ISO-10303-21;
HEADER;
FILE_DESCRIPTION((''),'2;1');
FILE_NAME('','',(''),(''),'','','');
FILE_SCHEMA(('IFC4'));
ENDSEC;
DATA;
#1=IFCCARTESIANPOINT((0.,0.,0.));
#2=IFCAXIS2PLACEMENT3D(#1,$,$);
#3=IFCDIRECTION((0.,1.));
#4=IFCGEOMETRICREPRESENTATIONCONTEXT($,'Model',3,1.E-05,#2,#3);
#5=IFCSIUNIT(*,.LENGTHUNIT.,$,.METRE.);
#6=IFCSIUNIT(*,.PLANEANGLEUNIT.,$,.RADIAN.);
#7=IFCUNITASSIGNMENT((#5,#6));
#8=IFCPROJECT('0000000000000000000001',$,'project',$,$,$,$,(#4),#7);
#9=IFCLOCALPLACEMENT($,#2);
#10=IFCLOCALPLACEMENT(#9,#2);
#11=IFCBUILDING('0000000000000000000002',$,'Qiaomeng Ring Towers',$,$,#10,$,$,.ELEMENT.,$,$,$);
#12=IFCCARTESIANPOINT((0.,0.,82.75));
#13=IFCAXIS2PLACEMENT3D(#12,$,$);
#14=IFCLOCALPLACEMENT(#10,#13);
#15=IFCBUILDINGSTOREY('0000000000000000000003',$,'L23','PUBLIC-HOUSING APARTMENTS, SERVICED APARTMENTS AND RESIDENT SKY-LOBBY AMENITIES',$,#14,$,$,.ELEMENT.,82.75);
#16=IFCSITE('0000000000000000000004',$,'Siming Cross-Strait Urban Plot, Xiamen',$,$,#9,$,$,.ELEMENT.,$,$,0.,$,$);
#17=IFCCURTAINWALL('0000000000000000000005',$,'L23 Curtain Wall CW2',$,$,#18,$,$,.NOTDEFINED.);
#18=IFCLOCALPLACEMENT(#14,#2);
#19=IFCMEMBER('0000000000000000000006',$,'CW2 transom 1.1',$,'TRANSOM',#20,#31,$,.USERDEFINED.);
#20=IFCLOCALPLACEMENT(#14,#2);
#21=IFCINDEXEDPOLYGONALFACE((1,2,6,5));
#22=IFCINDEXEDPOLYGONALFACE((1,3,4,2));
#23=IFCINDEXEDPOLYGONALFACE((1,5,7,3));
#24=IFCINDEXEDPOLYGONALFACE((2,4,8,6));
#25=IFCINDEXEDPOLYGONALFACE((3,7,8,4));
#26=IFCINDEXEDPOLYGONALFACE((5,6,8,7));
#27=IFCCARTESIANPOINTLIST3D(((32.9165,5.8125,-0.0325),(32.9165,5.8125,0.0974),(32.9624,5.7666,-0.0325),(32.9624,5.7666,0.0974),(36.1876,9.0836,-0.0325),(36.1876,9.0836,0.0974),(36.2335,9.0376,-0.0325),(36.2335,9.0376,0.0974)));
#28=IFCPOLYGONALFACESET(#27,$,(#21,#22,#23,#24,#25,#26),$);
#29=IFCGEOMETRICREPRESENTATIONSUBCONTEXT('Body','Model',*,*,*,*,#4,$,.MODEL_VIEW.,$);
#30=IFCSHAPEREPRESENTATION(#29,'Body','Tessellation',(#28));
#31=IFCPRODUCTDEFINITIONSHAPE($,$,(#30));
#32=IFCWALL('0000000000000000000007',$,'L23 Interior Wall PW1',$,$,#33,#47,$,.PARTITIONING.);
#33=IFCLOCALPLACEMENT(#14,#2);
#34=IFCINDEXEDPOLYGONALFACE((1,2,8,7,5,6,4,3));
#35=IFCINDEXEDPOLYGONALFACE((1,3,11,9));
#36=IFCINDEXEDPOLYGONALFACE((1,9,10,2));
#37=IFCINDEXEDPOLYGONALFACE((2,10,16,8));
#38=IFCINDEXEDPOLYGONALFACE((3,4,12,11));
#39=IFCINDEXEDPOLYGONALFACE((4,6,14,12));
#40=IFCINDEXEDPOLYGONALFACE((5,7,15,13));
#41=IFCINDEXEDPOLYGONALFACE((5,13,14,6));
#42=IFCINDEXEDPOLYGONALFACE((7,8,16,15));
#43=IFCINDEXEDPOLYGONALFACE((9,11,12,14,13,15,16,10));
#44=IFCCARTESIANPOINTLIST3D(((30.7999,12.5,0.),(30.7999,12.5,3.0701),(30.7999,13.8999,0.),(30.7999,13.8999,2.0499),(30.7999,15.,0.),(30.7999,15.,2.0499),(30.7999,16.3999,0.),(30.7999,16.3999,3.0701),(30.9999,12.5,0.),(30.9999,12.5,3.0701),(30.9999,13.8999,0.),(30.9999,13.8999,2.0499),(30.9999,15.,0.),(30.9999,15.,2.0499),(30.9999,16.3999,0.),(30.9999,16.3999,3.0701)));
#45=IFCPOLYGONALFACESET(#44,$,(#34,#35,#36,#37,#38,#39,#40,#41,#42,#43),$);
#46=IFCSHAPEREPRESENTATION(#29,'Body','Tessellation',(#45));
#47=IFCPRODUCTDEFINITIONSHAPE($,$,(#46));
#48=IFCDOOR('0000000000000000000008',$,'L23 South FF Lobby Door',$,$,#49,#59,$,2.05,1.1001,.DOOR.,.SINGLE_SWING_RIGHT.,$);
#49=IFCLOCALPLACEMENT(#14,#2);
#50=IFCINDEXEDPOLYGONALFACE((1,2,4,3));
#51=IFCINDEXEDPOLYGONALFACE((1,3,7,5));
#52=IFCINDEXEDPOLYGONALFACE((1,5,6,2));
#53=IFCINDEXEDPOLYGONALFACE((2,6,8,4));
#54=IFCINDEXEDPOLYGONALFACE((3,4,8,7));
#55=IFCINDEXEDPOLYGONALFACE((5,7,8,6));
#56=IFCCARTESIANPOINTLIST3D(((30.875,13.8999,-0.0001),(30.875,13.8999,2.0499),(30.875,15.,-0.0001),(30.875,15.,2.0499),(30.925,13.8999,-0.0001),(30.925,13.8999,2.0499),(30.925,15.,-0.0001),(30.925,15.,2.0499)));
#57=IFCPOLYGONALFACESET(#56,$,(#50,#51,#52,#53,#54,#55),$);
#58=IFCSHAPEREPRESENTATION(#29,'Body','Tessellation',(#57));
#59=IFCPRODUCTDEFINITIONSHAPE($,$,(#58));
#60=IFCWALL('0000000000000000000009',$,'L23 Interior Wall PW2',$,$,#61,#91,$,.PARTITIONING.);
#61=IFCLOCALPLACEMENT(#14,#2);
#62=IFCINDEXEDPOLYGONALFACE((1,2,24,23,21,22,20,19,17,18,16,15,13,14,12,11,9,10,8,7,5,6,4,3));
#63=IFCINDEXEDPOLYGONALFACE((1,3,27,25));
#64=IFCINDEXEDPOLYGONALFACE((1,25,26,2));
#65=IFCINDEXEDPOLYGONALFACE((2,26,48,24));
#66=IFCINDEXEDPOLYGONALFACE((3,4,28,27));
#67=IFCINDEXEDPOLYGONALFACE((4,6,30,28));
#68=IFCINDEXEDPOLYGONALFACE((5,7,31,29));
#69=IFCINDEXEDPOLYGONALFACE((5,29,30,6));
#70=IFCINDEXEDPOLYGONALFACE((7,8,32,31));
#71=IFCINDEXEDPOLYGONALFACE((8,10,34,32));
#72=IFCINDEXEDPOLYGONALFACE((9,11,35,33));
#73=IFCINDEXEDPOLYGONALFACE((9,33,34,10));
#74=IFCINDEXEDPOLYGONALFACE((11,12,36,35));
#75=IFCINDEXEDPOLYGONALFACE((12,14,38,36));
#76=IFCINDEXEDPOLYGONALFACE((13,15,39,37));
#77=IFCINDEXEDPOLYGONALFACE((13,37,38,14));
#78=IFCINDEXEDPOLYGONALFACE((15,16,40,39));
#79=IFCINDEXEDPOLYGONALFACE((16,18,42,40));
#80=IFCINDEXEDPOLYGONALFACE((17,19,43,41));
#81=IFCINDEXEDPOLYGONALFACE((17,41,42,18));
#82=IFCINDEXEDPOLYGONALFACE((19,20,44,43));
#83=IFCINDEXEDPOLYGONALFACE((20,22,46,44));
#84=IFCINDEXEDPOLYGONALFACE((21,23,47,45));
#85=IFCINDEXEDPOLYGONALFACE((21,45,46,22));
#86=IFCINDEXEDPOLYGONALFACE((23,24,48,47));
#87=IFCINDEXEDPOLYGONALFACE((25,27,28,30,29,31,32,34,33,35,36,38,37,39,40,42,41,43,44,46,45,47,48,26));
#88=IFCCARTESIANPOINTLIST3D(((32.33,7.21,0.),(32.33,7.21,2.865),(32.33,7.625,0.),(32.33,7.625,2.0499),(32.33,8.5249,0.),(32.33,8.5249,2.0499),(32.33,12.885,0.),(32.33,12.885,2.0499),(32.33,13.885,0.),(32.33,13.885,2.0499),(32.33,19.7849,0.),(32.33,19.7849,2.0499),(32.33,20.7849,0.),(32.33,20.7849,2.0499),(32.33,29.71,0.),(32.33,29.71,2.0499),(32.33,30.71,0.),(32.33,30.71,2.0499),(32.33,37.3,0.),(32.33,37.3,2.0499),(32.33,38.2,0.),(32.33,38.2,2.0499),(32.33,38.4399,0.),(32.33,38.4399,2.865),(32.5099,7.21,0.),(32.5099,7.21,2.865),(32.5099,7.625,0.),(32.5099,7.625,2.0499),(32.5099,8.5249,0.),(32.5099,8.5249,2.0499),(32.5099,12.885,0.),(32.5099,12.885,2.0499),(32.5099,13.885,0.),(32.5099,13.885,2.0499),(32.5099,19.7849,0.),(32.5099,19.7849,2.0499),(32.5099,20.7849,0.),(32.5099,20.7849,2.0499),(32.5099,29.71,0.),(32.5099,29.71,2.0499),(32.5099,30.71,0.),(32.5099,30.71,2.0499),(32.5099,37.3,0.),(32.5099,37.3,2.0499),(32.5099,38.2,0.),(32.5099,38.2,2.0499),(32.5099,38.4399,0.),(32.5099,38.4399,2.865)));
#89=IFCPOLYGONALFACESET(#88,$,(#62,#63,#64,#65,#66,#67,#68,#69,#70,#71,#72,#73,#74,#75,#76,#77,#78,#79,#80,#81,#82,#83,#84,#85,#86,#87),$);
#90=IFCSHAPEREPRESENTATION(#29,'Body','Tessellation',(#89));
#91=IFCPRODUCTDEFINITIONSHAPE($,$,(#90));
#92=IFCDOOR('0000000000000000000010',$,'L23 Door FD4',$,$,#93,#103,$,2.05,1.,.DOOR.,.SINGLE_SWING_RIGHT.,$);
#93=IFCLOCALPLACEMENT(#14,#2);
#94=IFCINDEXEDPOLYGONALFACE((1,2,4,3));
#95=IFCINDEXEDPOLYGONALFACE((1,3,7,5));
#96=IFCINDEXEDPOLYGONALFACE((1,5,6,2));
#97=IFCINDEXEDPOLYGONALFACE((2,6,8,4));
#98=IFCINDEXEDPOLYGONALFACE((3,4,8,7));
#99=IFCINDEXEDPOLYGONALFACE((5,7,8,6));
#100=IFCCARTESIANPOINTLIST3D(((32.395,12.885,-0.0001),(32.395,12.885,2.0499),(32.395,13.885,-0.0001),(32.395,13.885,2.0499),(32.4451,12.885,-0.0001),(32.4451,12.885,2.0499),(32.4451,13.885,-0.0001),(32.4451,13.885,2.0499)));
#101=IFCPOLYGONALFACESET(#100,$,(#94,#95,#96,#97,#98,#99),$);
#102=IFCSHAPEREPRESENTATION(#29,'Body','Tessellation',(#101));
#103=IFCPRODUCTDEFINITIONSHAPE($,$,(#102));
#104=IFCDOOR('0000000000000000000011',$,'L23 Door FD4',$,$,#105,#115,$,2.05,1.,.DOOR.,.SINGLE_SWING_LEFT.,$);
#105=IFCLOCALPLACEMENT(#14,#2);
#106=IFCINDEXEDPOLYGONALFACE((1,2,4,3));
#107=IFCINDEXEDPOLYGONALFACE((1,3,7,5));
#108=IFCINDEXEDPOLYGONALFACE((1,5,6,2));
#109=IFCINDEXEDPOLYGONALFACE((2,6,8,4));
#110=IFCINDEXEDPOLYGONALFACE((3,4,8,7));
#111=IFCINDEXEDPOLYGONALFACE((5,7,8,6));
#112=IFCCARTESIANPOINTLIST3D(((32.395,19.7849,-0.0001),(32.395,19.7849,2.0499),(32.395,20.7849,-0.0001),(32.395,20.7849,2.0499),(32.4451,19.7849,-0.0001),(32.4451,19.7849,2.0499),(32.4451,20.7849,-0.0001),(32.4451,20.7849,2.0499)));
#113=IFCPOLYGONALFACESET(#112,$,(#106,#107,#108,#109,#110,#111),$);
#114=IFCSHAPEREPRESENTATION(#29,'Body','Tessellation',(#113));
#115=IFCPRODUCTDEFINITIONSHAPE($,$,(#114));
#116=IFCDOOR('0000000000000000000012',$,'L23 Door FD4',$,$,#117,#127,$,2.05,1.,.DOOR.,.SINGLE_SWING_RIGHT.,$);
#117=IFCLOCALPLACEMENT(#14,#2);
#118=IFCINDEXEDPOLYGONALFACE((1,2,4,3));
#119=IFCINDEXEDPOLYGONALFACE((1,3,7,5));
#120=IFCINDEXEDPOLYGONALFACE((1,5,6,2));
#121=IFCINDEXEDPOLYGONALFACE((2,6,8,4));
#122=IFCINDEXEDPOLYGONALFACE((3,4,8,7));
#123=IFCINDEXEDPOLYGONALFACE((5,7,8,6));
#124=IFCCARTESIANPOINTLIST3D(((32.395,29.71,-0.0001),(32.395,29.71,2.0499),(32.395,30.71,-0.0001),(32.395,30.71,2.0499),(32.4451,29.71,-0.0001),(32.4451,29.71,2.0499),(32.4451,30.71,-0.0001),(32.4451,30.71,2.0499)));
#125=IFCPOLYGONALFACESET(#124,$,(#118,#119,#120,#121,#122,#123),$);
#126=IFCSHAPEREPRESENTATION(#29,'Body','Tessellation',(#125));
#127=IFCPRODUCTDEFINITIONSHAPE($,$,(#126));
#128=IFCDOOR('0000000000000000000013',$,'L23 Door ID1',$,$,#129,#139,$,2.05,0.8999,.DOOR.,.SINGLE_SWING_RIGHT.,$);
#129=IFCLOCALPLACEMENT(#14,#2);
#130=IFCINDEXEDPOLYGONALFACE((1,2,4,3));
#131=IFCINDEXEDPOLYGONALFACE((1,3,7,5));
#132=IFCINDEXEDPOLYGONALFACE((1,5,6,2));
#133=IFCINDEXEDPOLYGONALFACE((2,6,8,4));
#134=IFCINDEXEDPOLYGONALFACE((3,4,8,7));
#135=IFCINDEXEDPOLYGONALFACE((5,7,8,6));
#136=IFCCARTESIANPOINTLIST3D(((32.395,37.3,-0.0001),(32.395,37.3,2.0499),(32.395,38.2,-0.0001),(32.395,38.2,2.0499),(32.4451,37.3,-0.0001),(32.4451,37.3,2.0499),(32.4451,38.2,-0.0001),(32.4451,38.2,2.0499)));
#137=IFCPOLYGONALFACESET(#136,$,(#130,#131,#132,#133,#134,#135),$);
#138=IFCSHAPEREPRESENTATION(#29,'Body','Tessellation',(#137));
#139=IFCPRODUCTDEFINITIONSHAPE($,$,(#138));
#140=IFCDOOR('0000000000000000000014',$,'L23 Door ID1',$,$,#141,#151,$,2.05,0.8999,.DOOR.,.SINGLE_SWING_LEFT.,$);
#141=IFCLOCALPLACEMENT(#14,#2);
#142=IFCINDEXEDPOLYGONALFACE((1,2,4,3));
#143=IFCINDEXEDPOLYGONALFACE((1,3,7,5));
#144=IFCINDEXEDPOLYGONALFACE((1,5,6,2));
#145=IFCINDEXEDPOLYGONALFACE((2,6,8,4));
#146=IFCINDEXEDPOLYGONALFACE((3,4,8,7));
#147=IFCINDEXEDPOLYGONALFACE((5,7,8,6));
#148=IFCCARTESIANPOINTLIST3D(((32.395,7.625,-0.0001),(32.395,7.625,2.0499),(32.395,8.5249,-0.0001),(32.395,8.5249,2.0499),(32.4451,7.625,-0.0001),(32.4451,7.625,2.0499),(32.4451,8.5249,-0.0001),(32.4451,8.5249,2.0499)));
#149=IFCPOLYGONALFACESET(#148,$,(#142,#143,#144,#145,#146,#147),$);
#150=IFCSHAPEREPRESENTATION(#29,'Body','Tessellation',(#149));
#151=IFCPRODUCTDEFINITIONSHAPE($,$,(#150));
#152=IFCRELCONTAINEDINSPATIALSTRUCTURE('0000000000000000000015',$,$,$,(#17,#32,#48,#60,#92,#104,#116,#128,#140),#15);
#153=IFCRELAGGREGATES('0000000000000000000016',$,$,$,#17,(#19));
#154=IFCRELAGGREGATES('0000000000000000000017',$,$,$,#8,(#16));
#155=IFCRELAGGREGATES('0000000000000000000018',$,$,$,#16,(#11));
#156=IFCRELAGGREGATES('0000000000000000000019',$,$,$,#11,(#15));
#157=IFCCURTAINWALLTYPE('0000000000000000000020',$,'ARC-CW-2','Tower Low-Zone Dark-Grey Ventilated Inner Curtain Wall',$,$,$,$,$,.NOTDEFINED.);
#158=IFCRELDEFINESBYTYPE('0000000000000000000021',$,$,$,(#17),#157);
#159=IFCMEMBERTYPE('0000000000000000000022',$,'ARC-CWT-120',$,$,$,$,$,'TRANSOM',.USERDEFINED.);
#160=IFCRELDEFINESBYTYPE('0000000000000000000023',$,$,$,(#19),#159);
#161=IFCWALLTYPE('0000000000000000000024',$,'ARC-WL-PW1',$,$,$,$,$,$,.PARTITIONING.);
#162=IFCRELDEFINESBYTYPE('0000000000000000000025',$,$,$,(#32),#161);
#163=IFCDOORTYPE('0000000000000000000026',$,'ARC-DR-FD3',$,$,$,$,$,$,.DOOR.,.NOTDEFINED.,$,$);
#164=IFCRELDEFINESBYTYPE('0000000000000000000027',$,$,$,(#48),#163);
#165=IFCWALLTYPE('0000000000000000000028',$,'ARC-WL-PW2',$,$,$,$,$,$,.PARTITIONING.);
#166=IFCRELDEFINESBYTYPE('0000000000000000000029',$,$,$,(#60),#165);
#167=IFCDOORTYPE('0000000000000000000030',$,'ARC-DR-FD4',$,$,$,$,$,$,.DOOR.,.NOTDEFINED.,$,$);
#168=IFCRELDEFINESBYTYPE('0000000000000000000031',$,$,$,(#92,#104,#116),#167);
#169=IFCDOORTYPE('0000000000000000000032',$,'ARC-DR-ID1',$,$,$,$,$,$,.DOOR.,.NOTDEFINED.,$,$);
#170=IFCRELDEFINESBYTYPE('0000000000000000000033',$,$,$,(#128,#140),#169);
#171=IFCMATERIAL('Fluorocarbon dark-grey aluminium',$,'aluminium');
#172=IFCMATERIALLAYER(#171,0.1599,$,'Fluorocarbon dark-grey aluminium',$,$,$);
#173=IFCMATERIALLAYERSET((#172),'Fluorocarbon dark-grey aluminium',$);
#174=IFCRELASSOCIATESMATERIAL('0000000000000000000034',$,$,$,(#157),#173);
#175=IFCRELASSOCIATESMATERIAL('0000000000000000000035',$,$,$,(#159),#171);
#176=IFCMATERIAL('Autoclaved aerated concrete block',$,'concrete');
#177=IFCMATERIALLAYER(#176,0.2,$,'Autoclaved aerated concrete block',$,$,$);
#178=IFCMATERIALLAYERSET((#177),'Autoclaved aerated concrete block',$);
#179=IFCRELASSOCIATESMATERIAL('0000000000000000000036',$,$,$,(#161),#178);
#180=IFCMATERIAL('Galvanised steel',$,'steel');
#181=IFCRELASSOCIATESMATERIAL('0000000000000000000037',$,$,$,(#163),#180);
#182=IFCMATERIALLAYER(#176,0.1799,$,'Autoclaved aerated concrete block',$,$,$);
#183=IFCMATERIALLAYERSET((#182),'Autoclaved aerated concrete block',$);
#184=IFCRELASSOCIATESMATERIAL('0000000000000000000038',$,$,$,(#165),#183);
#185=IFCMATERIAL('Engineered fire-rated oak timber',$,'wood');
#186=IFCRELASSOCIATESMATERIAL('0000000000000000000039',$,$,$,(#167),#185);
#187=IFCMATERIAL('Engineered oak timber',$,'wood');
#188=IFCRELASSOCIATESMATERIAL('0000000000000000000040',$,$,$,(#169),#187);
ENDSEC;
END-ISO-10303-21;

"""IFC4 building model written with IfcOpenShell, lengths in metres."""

from ifc_helpers import new_model, si_unit, direction, frame, frame_2d, origin, origin_2d, place, context, subcontext, project, spatial, rectangle, extrude, source, transform, mapped, material, layer, layer_set, material_profile, profile_set, type_object, element, fill, aggregate, save


model = new_model("IFC4")

# Units and contexts
model_context = context("Model", 3, precision=1e-05, world=origin(), true_north=direction((0.0, 1.0)))
body_context = subcontext(model_context, "Body", "Model", "MODEL_VIEW")
ifc_project = project(units=[si_unit("LENGTHUNIT", "METRE"), si_unit("PLANEANGLEUNIT", "RADIAN")], contexts=[model_context])

# Site, building, storey
site_placement = place(None, origin())
site = spatial("IfcSite", under=ifc_project, at=site_placement, Name="Siming Cross-Strait Urban Plot, Xiamen", CompositionType="ELEMENT", RefElevation=0.0)
building_placement = place(site_placement, origin())
building = spatial("IfcBuilding", under=site, at=building_placement, Name="Qiaomeng Ring Towers", CompositionType="ELEMENT")
storey_placement = place(building_placement, frame((0.0, 0.0, 82.75)))
storey = spatial("IfcBuildingStorey", under=building, at=storey_placement, Name="L23", Description="PUBLIC-HOUSING APARTMENTS, SERVICED APARTMENTS AND RESIDENT SKY-LOBBY AMENITIES", CompositionType="ELEMENT", Elevation=82.75)

# Curtain wall, member
ifc_material_1 = material(Name="Fluorocarbon dark-grey aluminium", Category="aluminium")
ifc_layer_1 = layer(ifc_material_1, 0.1599, Name="Fluorocarbon dark-grey aluminium")
ifc_layer_set_1 = layer_set([ifc_layer_1], Name="Fluorocarbon dark-grey aluminium")
curtain_wall_type = type_object("IfcCurtainWallType", Name="ARC-CW-2", Description="Tower Low-Zone Dark-Grey Ventilated Inner Curtain Wall", PredefinedType="NOTDEFINED", material=ifc_layer_set_1)
curtain_wall_placement = place(storey_placement, origin())
curtain_wall = element("IfcCurtainWall", 1, at=curtain_wall_placement, inside=storey, type_object=curtain_wall_type, Name="L23 Curtain Wall CW2", PredefinedType="NOTDEFINED")
ifc_material_profile_1 = material_profile(ifc_material_1, rectangle(XDim=0.0649, YDim=0.1299, at=origin_2d()), Name="ALU TRAN 65x130")
ifc_profile_set_1 = profile_set([ifc_material_profile_1], Name="Fluorocarbon dark-grey aluminium")
member_type_1 = type_object("IfcMemberType", Name="ARC-CWT-120", ElementType="TRANSOM", PredefinedType="USERDEFINED", material=ifc_profile_set_1)
shared_shape_1 = source(origin(), body_context, "Body", "SweptSolid", [
    extrude(rectangle(XDim=0.0649, YDim=0.1299, at=origin_2d()), origin(), (0.0, 0.0, 1.0), 4.626),
])
member_1_placement = place(storey_placement, frame((32.9395, 5.7896, 0.0325), z_axis=(0.707107, 0.707107, 0.0), x_axis=(-0.707107, 0.707107, 0.0)))
member_1 = element("IfcMember", 2, at=member_1_placement, type_object=member_type_1, Name="CW2 transom 1.1", ObjectType="TRANSOM", PredefinedType="USERDEFINED", context=body_context, shape_type="MappedRepresentation", body=[
    mapped(shared_shape_1, transform((0.0, 0.0, 0.0), x_axis=(1.0, 0.0, 0.0), y_axis=(0.0, 1.0, 0.0), z_axis=(0.0, 0.0, 1.0), scale=1.0)),
])
aggregate(curtain_wall, [member_1])

# Wall, opening, door
ifc_material_2 = material(Name="Autoclaved aerated concrete block", Category="concrete")
ifc_layer_2 = layer(ifc_material_2, 0.2, Name="Autoclaved aerated concrete block")
ifc_layer_set_2 = layer_set([ifc_layer_2], Name="Autoclaved aerated concrete block")
wall_type_1 = type_object("IfcWallType", Name="ARC-WL-PW1", PredefinedType="PARTITIONING", material=ifc_layer_set_2)
wall_1_placement = place(storey_placement, frame((30.8999, 12.5, 0.0), z_axis=(0.0, 0.0, 1.0), x_axis=(0.0, 1.0, 0.0)))
wall_1 = element("IfcWall", 3, at=wall_1_placement, inside=storey, type_object=wall_type_1, Name="L23 Interior Wall PW1", PredefinedType="PARTITIONING", context=body_context, shape_type="SweptSolid", body=[
    extrude(rectangle(XDim=3.8999, YDim=0.2, at=frame_2d((1.95, 0.0))), origin(), (0.0, 0.0, 1.0), 3.0701),
])
opening_1_placement = place(wall_1_placement, frame((1.3999, 0.0, 0.0)))
opening_1 = element("IfcOpeningElement", 4, at=opening_1_placement, cuts=wall_1, PredefinedType="OPENING", context=body_context, shape_type="SweptSolid", body=[
    extrude(rectangle(XDim=1.1001, YDim=2.05, at=frame_2d((0.55, 1.0249))), frame((0.0, 0.1099, 0.0), z_axis=(0.0, -1.0, 0.0), x_axis=(1.0, 0.0, 0.0)), (0.0, 0.0, 1.0), 0.22),
])
ifc_material_3 = material(Name="Galvanised steel", Category="steel")
door_type_1 = type_object("IfcDoorType", Name="ARC-DR-FD3", OperationType="NOTDEFINED", PredefinedType="DOOR", material=ifc_material_3)
shared_shape_2 = source(origin(), body_context, "Body", "SweptSolid", [
    extrude(rectangle(XDim=1.1001, YDim=2.05, at=frame_2d((0.55, 1.0249))), frame((0.0, 0.0249, 0.0), z_axis=(0.0, -1.0, 0.0), x_axis=(1.0, 0.0, 0.0)), (0.0, 0.0, 1.0), 0.05),
])
door_1_placement = place(opening_1_placement, origin())
door_1 = element("IfcDoor", 5, at=door_1_placement, inside=storey, type_object=door_type_1, Name="L23 South FF Lobby Door", OperationType="SINGLE_SWING_RIGHT", OverallHeight=2.05, OverallWidth=1.1001, PredefinedType="DOOR", context=body_context, shape_type="MappedRepresentation", body=[
    mapped(shared_shape_2, transform((0.0, 0.0, 0.0), x_axis=(1.0, 0.0, 0.0), y_axis=(0.0, 1.0, 0.0), z_axis=(0.0, 0.0, 1.0), scale=1.0)),
])
fill(opening_1, door_1)

# Wall, openings, doors
ifc_layer_3 = layer(ifc_material_2, 0.1799, Name="Autoclaved aerated concrete block")
ifc_layer_set_3 = layer_set([ifc_layer_3], Name="Autoclaved aerated concrete block")
wall_type_2 = type_object("IfcWallType", Name="ARC-WL-PW2", PredefinedType="PARTITIONING", material=ifc_layer_set_3)
wall_2_placement = place(storey_placement, frame((32.4199, 7.21, 0.0), z_axis=(0.0, 0.0, 1.0), x_axis=(0.0, 1.0, 0.0)))
wall_2 = element("IfcWall", 6, at=wall_2_placement, inside=storey, type_object=wall_type_2, Name="L23 Interior Wall PW2", PredefinedType="PARTITIONING", context=body_context, shape_type="SweptSolid", body=[
    extrude(rectangle(XDim=31.23, YDim=0.1799, at=frame_2d((15.615, 0.0))), origin(), (0.0, 0.0, 1.0), 2.865),
])
opening_2_placement = place(wall_2_placement, frame((30.0901, 0.0, 0.0)))
opening_2 = element("IfcOpeningElement", 7, at=opening_2_placement, cuts=wall_2, PredefinedType="OPENING", context=body_context, shape_type="SweptSolid", body=[
    extrude(rectangle(XDim=0.8999, YDim=2.05, at=frame_2d((0.45, 1.0249))), frame((0.0, 0.0999, 0.0), z_axis=(0.0, -1.0, 0.0), x_axis=(1.0, 0.0, 0.0)), (0.0, 0.0, 1.0), 0.2),
])
opening_3_placement = place(wall_2_placement, frame((0.415, 0.0, 0.0)))
opening_3 = element("IfcOpeningElement", 8, at=opening_3_placement, cuts=wall_2, PredefinedType="OPENING", context=body_context, shape_type="SweptSolid", body=[
    extrude(rectangle(XDim=0.8999, YDim=2.05, at=frame_2d((0.45, 1.0249))), frame((0.0, 0.0999, 0.0), z_axis=(0.0, -1.0, 0.0), x_axis=(1.0, 0.0, 0.0)), (0.0, 0.0, 1.0), 0.2),
])
opening_4_placement = place(wall_2_placement, frame((5.675, 0.0, 0.0)))
opening_4 = element("IfcOpeningElement", 9, at=opening_4_placement, cuts=wall_2, PredefinedType="OPENING", context=body_context, shape_type="SweptSolid", body=[
    extrude(rectangle(XDim=1.0, YDim=2.05, at=frame_2d((0.5, 1.0249))), frame((0.0, 0.0999, 0.0), z_axis=(0.0, -1.0, 0.0), x_axis=(1.0, 0.0, 0.0)), (0.0, 0.0, 1.0), 0.2),
])
opening_5_placement = place(wall_2_placement, frame((12.575, 0.0, 0.0)))
opening_5 = element("IfcOpeningElement", 10, at=opening_5_placement, cuts=wall_2, PredefinedType="OPENING", context=body_context, shape_type="SweptSolid", body=[
    extrude(rectangle(XDim=1.0, YDim=2.05, at=frame_2d((0.5, 1.0249))), frame((0.0, 0.0999, 0.0), z_axis=(0.0, -1.0, 0.0), x_axis=(1.0, 0.0, 0.0)), (0.0, 0.0, 1.0), 0.2),
])
opening_6_placement = place(wall_2_placement, frame((22.5, 0.0, 0.0)))
opening_6 = element("IfcOpeningElement", 11, at=opening_6_placement, cuts=wall_2, PredefinedType="OPENING", context=body_context, shape_type="SweptSolid", body=[
    extrude(rectangle(XDim=1.0, YDim=2.05, at=frame_2d((0.5, 1.0249))), frame((0.0, 0.0999, 0.0), z_axis=(0.0, -1.0, 0.0), x_axis=(1.0, 0.0, 0.0)), (0.0, 0.0, 1.0), 0.2),
])
ifc_material_4 = material(Name="Engineered fire-rated oak timber", Category="wood")
door_type_2 = type_object("IfcDoorType", Name="ARC-DR-FD4", OperationType="NOTDEFINED", PredefinedType="DOOR", material=ifc_material_4)
shared_shape_3 = source(origin(), body_context, "Body", "SweptSolid", [
    extrude(rectangle(XDim=1.0, YDim=2.05, at=frame_2d((0.5, 1.0249))), frame((0.0, 0.0249, 0.0), z_axis=(0.0, -1.0, 0.0), x_axis=(1.0, 0.0, 0.0)), (0.0, 0.0, 1.0), 0.05),
])
door_2_placement = place(opening_4_placement, origin())
door_2 = element("IfcDoor", 12, at=door_2_placement, inside=storey, type_object=door_type_2, Name="L23 Door FD4", OperationType="SINGLE_SWING_RIGHT", OverallHeight=2.05, OverallWidth=1.0, PredefinedType="DOOR", context=body_context, shape_type="MappedRepresentation", body=[
    mapped(shared_shape_3, transform((0.0, 0.0, 0.0), x_axis=(1.0, 0.0, 0.0), y_axis=(0.0, 1.0, 0.0), z_axis=(0.0, 0.0, 1.0), scale=1.0)),
])
fill(opening_4, door_2)
door_3_placement = place(opening_5_placement, origin())
door_3 = element("IfcDoor", 13, at=door_3_placement, inside=storey, type_object=door_type_2, Name="L23 Door FD4", OperationType="SINGLE_SWING_LEFT", OverallHeight=2.05, OverallWidth=1.0, PredefinedType="DOOR", context=body_context, shape_type="MappedRepresentation", body=[
    mapped(shared_shape_3, transform((0.0, 0.0, 0.0), x_axis=(1.0, 0.0, 0.0), y_axis=(0.0, 1.0, 0.0), z_axis=(0.0, 0.0, 1.0), scale=1.0)),
])
fill(opening_5, door_3)
door_4_placement = place(opening_6_placement, origin())
door_4 = element("IfcDoor", 14, at=door_4_placement, inside=storey, type_object=door_type_2, Name="L23 Door FD4", OperationType="SINGLE_SWING_RIGHT", OverallHeight=2.05, OverallWidth=1.0, PredefinedType="DOOR", context=body_context, shape_type="MappedRepresentation", body=[
    mapped(shared_shape_3, transform((0.0, 0.0, 0.0), x_axis=(1.0, 0.0, 0.0), y_axis=(0.0, 1.0, 0.0), z_axis=(0.0, 0.0, 1.0), scale=1.0)),
])
fill(opening_6, door_4)
ifc_material_5 = material(Name="Engineered oak timber", Category="wood")
door_type_3 = type_object("IfcDoorType", Name="ARC-DR-ID1", OperationType="NOTDEFINED", PredefinedType="DOOR", material=ifc_material_5)
shared_shape_4 = source(origin(), body_context, "Body", "SweptSolid", [
    extrude(rectangle(XDim=0.8999, YDim=2.05, at=frame_2d((0.45, 1.0249))), frame((0.0, 0.0249, 0.0), z_axis=(0.0, -1.0, 0.0), x_axis=(1.0, 0.0, 0.0)), (0.0, 0.0, 1.0), 0.05),
])
door_5_placement = place(opening_2_placement, origin())
door_5 = element("IfcDoor", 15, at=door_5_placement, inside=storey, type_object=door_type_3, Name="L23 Door ID1", OperationType="SINGLE_SWING_RIGHT", OverallHeight=2.05, OverallWidth=0.8999, PredefinedType="DOOR", context=body_context, shape_type="MappedRepresentation", body=[
    mapped(shared_shape_4, transform((0.0, 0.0, 0.0), x_axis=(1.0, 0.0, 0.0), y_axis=(0.0, 1.0, 0.0), z_axis=(0.0, 0.0, 1.0), scale=1.0)),
])
fill(opening_2, door_5)
door_6_placement = place(opening_3_placement, origin())
door_6 = element("IfcDoor", 16, at=door_6_placement, inside=storey, type_object=door_type_3, Name="L23 Door ID1", OperationType="SINGLE_SWING_LEFT", OverallHeight=2.05, OverallWidth=0.8999, PredefinedType="DOOR", context=body_context, shape_type="MappedRepresentation", body=[
    mapped(shared_shape_4, transform((0.0, 0.0, 0.0), x_axis=(1.0, 0.0, 0.0), y_axis=(0.0, 1.0, 0.0), z_axis=(0.0, 0.0, 1.0), scale=1.0)),
])
fill(opening_3, door_6)

save(model, "model.ifc")
